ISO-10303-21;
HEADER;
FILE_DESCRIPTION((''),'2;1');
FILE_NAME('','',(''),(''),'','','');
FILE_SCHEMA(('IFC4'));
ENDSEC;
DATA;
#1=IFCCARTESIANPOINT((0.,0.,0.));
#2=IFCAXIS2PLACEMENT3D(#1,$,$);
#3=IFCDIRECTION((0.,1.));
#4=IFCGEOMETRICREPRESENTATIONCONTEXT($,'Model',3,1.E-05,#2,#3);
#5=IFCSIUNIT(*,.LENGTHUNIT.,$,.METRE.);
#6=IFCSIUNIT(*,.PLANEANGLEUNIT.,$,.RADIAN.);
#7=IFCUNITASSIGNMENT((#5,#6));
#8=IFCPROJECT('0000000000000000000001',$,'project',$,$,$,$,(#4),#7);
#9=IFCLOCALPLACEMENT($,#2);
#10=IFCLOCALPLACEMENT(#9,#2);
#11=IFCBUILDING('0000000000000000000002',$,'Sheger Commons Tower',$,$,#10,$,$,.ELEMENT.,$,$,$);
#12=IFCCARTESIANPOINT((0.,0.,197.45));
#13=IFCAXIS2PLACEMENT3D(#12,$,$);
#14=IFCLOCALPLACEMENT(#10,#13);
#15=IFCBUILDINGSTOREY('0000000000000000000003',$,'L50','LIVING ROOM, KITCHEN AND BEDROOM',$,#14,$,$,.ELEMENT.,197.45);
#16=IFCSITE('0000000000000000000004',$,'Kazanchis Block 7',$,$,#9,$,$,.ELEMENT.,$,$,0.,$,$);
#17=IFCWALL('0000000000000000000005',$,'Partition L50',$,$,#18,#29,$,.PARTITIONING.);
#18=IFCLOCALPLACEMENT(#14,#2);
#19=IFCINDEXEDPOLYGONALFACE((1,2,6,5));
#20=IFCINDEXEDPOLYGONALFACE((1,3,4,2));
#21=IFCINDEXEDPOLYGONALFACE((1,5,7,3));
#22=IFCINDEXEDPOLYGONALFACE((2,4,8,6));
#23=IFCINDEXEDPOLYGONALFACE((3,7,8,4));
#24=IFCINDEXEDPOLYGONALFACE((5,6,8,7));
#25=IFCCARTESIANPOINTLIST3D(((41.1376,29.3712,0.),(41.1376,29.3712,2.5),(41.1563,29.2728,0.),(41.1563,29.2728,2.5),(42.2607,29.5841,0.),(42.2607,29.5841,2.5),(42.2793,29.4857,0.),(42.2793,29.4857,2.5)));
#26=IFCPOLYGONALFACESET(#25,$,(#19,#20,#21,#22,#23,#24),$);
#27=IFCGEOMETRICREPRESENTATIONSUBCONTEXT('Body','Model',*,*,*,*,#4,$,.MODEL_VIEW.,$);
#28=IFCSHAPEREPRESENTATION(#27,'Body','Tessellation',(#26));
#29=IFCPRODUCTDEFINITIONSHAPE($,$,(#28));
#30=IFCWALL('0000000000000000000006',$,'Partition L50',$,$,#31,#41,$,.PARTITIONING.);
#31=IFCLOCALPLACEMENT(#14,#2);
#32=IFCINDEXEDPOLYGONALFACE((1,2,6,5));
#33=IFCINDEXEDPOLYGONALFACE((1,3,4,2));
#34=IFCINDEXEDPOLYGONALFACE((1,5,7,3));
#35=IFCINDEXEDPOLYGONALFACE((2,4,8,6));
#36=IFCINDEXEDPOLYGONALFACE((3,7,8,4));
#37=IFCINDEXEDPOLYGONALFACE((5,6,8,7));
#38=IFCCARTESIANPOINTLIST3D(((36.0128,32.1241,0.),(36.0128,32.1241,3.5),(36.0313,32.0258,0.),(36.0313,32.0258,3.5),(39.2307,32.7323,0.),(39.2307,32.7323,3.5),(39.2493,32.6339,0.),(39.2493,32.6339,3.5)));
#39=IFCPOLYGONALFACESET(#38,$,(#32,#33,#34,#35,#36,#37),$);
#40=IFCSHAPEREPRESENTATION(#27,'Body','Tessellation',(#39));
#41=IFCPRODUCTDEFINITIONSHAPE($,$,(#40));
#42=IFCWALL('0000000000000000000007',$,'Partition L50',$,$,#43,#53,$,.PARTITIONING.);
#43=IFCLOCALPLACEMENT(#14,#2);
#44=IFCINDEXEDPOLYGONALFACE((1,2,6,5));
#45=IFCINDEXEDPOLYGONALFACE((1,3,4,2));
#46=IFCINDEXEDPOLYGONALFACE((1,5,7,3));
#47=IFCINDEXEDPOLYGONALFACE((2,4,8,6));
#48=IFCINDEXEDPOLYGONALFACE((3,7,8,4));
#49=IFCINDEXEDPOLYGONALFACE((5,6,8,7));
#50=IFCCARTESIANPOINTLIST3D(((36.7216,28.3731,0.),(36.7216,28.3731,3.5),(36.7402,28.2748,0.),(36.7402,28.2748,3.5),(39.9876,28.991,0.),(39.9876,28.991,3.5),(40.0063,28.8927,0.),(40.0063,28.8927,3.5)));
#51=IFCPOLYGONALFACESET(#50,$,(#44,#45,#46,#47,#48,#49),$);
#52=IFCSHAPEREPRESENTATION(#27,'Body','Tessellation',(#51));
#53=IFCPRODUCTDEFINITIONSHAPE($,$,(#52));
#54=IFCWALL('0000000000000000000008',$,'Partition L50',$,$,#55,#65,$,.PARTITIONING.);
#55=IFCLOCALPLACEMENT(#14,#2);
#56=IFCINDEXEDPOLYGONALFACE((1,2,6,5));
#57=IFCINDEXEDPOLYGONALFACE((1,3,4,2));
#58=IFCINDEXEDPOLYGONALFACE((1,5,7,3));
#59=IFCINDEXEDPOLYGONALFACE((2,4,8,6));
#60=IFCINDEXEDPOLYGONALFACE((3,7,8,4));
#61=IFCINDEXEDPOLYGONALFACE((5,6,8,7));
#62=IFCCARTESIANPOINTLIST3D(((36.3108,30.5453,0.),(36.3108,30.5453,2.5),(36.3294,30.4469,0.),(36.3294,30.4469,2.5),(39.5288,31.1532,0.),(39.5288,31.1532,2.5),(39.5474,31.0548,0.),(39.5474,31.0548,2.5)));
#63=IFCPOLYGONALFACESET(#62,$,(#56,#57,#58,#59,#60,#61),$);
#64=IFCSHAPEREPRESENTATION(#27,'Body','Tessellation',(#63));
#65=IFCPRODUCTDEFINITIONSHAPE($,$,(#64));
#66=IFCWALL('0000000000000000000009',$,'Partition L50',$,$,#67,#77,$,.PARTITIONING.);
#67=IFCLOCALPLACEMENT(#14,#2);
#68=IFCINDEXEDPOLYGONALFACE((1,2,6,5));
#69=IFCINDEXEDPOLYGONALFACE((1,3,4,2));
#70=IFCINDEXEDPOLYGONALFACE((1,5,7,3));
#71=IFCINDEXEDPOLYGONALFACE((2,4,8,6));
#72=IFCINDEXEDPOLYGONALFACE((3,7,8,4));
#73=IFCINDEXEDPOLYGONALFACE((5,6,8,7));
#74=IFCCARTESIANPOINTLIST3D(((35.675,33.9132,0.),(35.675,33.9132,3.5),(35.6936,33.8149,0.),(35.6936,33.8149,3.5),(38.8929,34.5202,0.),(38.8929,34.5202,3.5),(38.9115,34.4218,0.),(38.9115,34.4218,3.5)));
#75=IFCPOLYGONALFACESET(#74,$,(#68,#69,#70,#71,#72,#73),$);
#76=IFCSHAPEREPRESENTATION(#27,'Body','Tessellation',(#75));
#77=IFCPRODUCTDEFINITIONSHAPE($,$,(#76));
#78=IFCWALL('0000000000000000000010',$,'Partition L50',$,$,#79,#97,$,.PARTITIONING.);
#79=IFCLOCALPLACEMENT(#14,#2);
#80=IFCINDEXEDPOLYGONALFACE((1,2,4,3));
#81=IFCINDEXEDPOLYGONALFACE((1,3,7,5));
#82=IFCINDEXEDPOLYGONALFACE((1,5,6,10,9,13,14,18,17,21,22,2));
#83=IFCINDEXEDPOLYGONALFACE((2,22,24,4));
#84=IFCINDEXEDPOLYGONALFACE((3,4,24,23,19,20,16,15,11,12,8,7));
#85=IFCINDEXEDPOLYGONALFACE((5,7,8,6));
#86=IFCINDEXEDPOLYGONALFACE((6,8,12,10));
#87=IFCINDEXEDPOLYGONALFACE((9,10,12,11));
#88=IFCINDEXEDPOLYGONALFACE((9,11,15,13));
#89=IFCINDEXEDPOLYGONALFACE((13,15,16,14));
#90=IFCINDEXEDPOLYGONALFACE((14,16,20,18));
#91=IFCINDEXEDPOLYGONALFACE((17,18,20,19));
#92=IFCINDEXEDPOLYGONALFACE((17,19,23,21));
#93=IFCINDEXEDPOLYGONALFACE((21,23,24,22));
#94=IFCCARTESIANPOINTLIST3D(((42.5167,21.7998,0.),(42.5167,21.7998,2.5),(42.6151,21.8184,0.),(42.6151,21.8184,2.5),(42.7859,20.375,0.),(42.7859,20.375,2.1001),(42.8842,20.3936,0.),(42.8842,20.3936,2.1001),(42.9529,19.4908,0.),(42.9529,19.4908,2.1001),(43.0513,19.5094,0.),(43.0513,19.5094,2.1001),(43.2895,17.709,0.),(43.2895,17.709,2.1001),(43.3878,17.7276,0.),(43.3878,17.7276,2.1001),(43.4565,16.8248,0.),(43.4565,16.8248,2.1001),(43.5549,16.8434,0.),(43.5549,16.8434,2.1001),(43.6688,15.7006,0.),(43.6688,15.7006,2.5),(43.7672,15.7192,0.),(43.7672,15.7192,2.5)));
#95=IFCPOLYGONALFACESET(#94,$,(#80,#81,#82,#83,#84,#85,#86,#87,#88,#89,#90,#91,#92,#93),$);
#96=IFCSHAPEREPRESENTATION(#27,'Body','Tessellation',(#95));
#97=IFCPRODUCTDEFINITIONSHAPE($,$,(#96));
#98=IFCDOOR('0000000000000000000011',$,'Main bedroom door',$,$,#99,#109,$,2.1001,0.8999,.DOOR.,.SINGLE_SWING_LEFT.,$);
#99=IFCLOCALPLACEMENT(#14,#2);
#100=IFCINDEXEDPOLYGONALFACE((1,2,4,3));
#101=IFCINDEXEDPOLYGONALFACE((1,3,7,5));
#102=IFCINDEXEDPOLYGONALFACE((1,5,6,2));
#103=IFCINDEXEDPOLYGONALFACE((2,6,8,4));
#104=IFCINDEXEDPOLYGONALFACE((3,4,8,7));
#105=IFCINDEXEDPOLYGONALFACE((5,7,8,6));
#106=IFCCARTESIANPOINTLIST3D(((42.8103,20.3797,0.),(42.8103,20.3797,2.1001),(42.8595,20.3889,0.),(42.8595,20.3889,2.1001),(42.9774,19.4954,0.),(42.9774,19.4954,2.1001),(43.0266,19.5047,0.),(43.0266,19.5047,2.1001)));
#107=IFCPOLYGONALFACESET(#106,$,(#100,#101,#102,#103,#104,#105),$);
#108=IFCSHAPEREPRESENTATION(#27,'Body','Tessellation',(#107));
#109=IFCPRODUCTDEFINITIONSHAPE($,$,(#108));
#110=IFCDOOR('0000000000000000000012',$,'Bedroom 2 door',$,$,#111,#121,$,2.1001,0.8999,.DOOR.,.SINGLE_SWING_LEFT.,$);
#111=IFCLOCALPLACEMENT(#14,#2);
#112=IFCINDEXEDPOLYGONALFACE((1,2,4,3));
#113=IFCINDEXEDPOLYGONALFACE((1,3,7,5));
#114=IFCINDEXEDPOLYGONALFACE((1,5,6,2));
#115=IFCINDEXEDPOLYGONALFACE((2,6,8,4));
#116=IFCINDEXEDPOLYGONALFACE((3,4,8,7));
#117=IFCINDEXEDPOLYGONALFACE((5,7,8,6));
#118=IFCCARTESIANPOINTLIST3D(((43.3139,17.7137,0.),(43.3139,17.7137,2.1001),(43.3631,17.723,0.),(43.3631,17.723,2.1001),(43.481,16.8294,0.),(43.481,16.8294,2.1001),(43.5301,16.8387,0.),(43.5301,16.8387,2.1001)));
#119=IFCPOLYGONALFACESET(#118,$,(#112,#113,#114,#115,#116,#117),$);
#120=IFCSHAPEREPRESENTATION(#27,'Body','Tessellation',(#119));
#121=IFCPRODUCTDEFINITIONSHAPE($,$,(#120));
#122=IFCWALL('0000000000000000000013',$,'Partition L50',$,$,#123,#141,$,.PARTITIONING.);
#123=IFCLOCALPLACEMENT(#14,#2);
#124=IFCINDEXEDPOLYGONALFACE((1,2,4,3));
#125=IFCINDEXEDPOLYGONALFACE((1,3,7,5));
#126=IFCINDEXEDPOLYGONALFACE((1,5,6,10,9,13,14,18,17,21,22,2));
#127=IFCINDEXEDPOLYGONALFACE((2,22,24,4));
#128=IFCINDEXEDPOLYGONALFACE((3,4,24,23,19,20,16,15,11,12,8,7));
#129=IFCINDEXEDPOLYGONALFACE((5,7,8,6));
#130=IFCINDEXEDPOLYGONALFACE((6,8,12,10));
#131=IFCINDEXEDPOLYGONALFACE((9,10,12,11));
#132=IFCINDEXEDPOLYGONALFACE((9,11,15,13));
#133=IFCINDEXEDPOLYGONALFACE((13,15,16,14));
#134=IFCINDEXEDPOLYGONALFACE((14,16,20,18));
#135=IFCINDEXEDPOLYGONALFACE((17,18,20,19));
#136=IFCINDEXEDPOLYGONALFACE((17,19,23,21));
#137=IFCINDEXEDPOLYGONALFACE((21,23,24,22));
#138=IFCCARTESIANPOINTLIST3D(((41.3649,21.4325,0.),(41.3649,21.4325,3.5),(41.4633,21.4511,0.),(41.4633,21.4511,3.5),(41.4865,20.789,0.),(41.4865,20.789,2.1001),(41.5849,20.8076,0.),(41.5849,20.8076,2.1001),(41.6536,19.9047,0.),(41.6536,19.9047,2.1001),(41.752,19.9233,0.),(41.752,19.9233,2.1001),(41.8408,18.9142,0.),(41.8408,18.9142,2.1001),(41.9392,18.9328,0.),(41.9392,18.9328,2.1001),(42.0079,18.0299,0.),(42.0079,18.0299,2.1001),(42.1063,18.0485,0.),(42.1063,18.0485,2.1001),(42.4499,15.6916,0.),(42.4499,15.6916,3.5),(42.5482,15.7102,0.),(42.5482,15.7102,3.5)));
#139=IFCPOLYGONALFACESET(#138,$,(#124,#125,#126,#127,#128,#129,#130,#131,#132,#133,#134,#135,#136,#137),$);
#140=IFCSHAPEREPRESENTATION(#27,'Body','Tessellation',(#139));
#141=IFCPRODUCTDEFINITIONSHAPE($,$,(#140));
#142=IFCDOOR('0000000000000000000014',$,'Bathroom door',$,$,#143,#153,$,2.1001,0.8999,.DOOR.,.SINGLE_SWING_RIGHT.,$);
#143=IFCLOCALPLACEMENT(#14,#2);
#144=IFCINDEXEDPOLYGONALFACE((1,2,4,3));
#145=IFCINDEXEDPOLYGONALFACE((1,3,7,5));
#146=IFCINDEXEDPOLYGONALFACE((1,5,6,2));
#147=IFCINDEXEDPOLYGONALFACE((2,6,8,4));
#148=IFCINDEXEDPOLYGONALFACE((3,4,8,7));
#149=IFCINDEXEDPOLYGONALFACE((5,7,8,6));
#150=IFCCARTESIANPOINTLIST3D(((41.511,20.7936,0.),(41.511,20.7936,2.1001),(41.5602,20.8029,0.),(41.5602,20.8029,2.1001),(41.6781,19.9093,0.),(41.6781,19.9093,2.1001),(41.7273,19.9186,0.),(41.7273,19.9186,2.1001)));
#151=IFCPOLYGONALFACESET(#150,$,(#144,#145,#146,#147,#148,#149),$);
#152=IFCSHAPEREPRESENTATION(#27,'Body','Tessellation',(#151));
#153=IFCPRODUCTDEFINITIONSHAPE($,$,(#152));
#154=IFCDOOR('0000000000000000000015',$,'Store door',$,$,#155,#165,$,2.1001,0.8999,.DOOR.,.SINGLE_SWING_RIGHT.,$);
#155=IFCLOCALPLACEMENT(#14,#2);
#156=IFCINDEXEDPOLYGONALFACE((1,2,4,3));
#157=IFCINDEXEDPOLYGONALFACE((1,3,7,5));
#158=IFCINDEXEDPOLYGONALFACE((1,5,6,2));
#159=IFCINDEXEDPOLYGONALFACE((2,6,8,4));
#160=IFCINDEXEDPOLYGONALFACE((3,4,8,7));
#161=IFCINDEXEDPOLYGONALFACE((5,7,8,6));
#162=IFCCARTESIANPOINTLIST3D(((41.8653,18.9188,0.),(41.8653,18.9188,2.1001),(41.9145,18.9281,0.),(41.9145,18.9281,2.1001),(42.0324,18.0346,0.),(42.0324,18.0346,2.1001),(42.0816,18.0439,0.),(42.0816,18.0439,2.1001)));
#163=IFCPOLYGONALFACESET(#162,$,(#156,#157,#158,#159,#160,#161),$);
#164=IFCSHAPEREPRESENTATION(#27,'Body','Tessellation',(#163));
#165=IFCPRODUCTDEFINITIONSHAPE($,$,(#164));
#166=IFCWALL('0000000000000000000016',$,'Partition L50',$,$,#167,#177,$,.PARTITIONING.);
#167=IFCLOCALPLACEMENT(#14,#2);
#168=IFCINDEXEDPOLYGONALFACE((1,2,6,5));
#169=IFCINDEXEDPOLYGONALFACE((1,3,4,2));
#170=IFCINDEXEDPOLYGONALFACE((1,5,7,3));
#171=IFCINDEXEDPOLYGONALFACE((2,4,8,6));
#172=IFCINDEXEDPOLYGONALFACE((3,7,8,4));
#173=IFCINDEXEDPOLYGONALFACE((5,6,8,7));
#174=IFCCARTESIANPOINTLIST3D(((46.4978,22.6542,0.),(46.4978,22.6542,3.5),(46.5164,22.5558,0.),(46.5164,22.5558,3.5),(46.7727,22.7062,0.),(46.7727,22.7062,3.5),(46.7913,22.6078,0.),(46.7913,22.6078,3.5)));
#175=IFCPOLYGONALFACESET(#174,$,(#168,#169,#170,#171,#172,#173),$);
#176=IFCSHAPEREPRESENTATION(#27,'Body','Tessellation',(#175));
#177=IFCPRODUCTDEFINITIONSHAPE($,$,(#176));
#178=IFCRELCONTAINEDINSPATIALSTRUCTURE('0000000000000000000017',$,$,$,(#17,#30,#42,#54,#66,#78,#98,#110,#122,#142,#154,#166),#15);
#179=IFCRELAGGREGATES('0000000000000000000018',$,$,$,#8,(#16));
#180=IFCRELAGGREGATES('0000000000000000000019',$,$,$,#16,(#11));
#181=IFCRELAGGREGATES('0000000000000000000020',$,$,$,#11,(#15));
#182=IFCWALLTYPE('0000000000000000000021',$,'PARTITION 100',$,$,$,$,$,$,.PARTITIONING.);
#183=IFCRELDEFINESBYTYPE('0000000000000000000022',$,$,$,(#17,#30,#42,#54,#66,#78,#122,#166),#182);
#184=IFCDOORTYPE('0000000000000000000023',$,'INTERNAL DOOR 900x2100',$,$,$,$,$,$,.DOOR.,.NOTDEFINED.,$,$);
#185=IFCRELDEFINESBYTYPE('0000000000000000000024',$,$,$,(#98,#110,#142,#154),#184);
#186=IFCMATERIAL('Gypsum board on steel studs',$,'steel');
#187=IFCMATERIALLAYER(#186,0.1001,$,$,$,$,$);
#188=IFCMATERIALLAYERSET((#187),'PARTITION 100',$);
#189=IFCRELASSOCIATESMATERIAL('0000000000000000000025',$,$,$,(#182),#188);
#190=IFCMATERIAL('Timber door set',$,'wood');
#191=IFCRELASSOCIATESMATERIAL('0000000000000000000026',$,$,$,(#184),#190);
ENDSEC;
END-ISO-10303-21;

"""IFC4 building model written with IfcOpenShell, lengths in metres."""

from ifc_helpers import new_model, si_unit, direction, frame, frame_2d, origin, place, context, subcontext, project, spatial, rectangle, extrude, material, layer, layer_set, type_object, element, fill, save


model = new_model("IFC4")

# Units and contexts
model_context = context("Model", 3, precision=1e-05, world=origin(), true_north=direction((0.0, 1.0)))
body_context = subcontext(model_context, "Body", "Model", "MODEL_VIEW")
ifc_project = project(units=[si_unit("LENGTHUNIT", "METRE"), si_unit("PLANEANGLEUNIT", "RADIAN")], contexts=[model_context])

# Site, building, storey
site_placement = place(None, origin())
site = spatial("IfcSite", under=ifc_project, at=site_placement, Name="Kazanchis Block 7", CompositionType="ELEMENT", RefElevation=0.0)
building_placement = place(site_placement, origin())
building = spatial("IfcBuilding", under=site, at=building_placement, Name="Sheger Commons Tower", CompositionType="ELEMENT")
storey_placement = place(building_placement, frame((0.0, 0.0, 197.45)))
storey = spatial("IfcBuildingStorey", under=building, at=storey_placement, Name="L50", Description="LIVING ROOM, KITCHEN AND BEDROOM", CompositionType="ELEMENT", Elevation=197.45)

# Walls
ifc_material_1 = material(Name="Gypsum board on steel studs", Category="steel")
ifc_layer_1 = layer(ifc_material_1, 0.1001)
ifc_layer_set_1 = layer_set([ifc_layer_1], Name="PARTITION 100")
wall_type_1 = type_object("IfcWallType", Name="PARTITION 100", PredefinedType="PARTITIONING", material=ifc_layer_set_1)
wall_1_placement = place(storey_placement, frame((42.27, 29.5349, 0.0), z_axis=(0.0, 0.0, 1.0), x_axis=(-0.982503, -0.186248, 0.0)))
element("IfcWall", 1, at=wall_1_placement, inside=storey, type_object=wall_type_1, Name="Partition L50", PredefinedType="PARTITIONING", context=body_context, shape_type="SweptSolid", body=[
    extrude(rectangle(XDim=1.1431, YDim=0.1001, at=frame_2d((0.5715, 0.0))), origin(), (0.0, 0.0, 1.0), 2.5),
])
wall_2_placement = place(storey_placement, frame((39.24, 32.6831, 0.0), z_axis=(0.0, 0.0, 1.0), x_axis=(-0.982607, -0.185697, 0.0)))
element("IfcWall", 2, at=wall_2_placement, inside=storey, type_object=wall_type_1, Name="Partition L50", PredefinedType="PARTITIONING", context=body_context, shape_type="SweptSolid", body=[
    extrude(rectangle(XDim=3.2749, YDim=0.1001, at=frame_2d((1.6375, 0.0))), origin(), (0.0, 0.0, 1.0), 3.5),
])
wall_3_placement = place(storey_placement, frame((39.9971, 28.9419, 0.0), z_axis=(0.0, 0.0, 1.0), x_axis=(-0.98257, -0.185894, 0.0)))
element("IfcWall", 3, at=wall_3_placement, inside=storey, type_object=wall_type_1, Name="Partition L50", PredefinedType="PARTITIONING", context=body_context, shape_type="SweptSolid", body=[
    extrude(rectangle(XDim=3.324, YDim=0.1001, at=frame_2d((1.6621, 0.0))), origin(), (0.0, 0.0, 1.0), 3.5),
])
wall_4_placement = place(storey_placement, frame((39.5381, 31.104, 0.0), z_axis=(0.0, 0.0, 1.0), x_axis=(-0.982621, -0.185625, 0.0)))
element("IfcWall", 4, at=wall_4_placement, inside=storey, type_object=wall_type_1, Name="Partition L50", PredefinedType="PARTITIONING", context=body_context, shape_type="SweptSolid", body=[
    extrude(rectangle(XDim=3.2749, YDim=0.1001, at=frame_2d((1.6375, 0.0))), origin(), (0.0, 0.0, 1.0), 2.5),
])
wall_5_placement = place(storey_placement, frame((38.9021, 34.4709, 0.0), z_axis=(0.0, 0.0, 1.0), x_axis=(-0.982675, -0.185337, 0.0)))
element("IfcWall", 5, at=wall_5_placement, inside=storey, type_object=wall_type_1, Name="Partition L50", PredefinedType="PARTITIONING", context=body_context, shape_type="SweptSolid", body=[
    extrude(rectangle(XDim=3.2747, YDim=0.1001, at=frame_2d((1.6372, 0.0))), origin(), (0.0, 0.0, 1.0), 3.5),
])

# Walls, openings, doors
wall_6_placement = place(storey_placement, frame((42.5659, 21.8091, 0.0), z_axis=(0.0, 0.0, 1.0), x_axis=(0.185614, -0.982623, 0.0)))
wall_6 = element("IfcWall", 6, at=wall_6_placement, inside=storey, type_object=wall_type_1, Name="Partition L50", PredefinedType="PARTITIONING", context=body_context, shape_type="SweptSolid", body=[
    extrude(rectangle(XDim=6.207, YDim=0.1001, at=frame_2d((3.1035, 0.0))), origin(), (0.0, 0.0, 1.0), 2.5),
])
opening_1_placement = place(wall_6_placement, frame((1.45, 0.0, 0.0)))
opening_1 = element("IfcOpeningElement", 7, at=opening_1_placement, cuts=wall_6, PredefinedType="OPENING", context=body_context, shape_type="SweptSolid", body=[
    extrude(rectangle(XDim=0.8999, YDim=2.1001, at=frame_2d((0.45, 1.05))), frame((0.0, 0.0601, 0.0), z_axis=(0.0, -1.0, 0.0), x_axis=(1.0, 0.0, 0.0)), (0.0, 0.0, 1.0), 0.1201),
])
opening_2_placement = place(wall_6_placement, frame((4.1631, 0.0, 0.0)))
opening_2 = element("IfcOpeningElement", 8, at=opening_2_placement, cuts=wall_6, PredefinedType="OPENING", context=body_context, shape_type="SweptSolid", body=[
    extrude(rectangle(XDim=0.8999, YDim=2.1001, at=frame_2d((0.45, 1.05))), frame((0.0, 0.0601, 0.0), z_axis=(0.0, -1.0, 0.0), x_axis=(1.0, 0.0, 0.0)), (0.0, 0.0, 1.0), 0.1201),
])
ifc_material_2 = material(Name="Timber door set", Category="wood")
door_type = type_object("IfcDoorType", Name="INTERNAL DOOR 900x2100", OperationType="NOTDEFINED", PredefinedType="DOOR", material=ifc_material_2)
door_1_placement = place(opening_1_placement, origin())
door_1 = element("IfcDoor", 9, at=door_1_placement, inside=storey, type_object=door_type, Name="Main bedroom door", OperationType="SINGLE_SWING_LEFT", OverallHeight=2.1001, OverallWidth=0.8999, PredefinedType="DOOR", context=body_context, shape_type="SweptSolid", body=[
    extrude(rectangle(XDim=0.8999, YDim=2.1001, at=frame_2d((0.45, 1.05))), frame((0.0, 0.0249, 0.0), z_axis=(0.0, -1.0, 0.0), x_axis=(1.0, 0.0, 0.0)), (0.0, 0.0, 1.0), 0.05),
])
fill(opening_1, door_1)
door_2_placement = place(opening_2_placement, origin())
door_2 = element("IfcDoor", 10, at=door_2_placement, inside=storey, type_object=door_type, Name="Bedroom 2 door", OperationType="SINGLE_SWING_LEFT", OverallHeight=2.1001, OverallWidth=0.8999, PredefinedType="DOOR", context=body_context, shape_type="SweptSolid", body=[
    extrude(rectangle(XDim=0.8999, YDim=2.1001, at=frame_2d((0.45, 1.05))), frame((0.0, 0.0249, 0.0), z_axis=(0.0, -1.0, 0.0), x_axis=(1.0, 0.0, 0.0)), (0.0, 0.0, 1.0), 0.05),
])
fill(opening_2, door_2)
wall_7_placement = place(storey_placement, frame((41.4141, 21.4419, 0.0), z_axis=(0.0, 0.0, 1.0), x_axis=(0.185699, -0.982607, 0.0)))
wall_7 = element("IfcWall", 11, at=wall_7_placement, inside=storey, type_object=wall_type_1, Name="Partition L50", PredefinedType="PARTITIONING", context=body_context, shape_type="SweptSolid", body=[
    extrude(rectangle(XDim=5.8425, YDim=0.1001, at=frame_2d((2.9214, 0.0))), origin(), (0.0, 0.0, 1.0), 3.5),
])
opening_3_placement = place(wall_7_placement, frame((0.655, 0.0, 0.0)))
opening_3 = element("IfcOpeningElement", 12, at=opening_3_placement, cuts=wall_7, PredefinedType="OPENING", context=body_context, shape_type="SweptSolid", body=[
    extrude(rectangle(XDim=0.8999, YDim=2.1001, at=frame_2d((0.45, 1.05))), frame((0.0, 0.0601, 0.0), z_axis=(0.0, -1.0, 0.0), x_axis=(1.0, 0.0, 0.0)), (0.0, 0.0, 1.0), 0.1201),
])
opening_4_placement = place(wall_7_placement, frame((2.563, 0.0, 0.0)))
opening_4 = element("IfcOpeningElement", 13, at=opening_4_placement, cuts=wall_7, PredefinedType="OPENING", context=body_context, shape_type="SweptSolid", body=[
    extrude(rectangle(XDim=0.8999, YDim=2.1001, at=frame_2d((0.45, 1.05))), frame((0.0, 0.0601, 0.0), z_axis=(0.0, -1.0, 0.0), x_axis=(1.0, 0.0, 0.0)), (0.0, 0.0, 1.0), 0.1201),
])
door_3_placement = place(opening_3_placement, origin())
door_3 = element("IfcDoor", 14, at=door_3_placement, inside=storey, type_object=door_type, Name="Bathroom door", OperationType="SINGLE_SWING_RIGHT", OverallHeight=2.1001, OverallWidth=0.8999, PredefinedType="DOOR", context=body_context, shape_type="SweptSolid", body=[
    extrude(rectangle(XDim=0.8999, YDim=2.1001, at=frame_2d((0.45, 1.05))), frame((0.0, 0.0249, 0.0), z_axis=(0.0, -1.0, 0.0), x_axis=(1.0, 0.0, 0.0)), (0.0, 0.0, 1.0), 0.05),
])
fill(opening_3, door_3)
door_4_placement = place(opening_4_placement, origin())
door_4 = element("IfcDoor", 15, at=door_4_placement, inside=storey, type_object=door_type, Name="Store door", OperationType="SINGLE_SWING_RIGHT", OverallHeight=2.1001, OverallWidth=0.8999, PredefinedType="DOOR", context=body_context, shape_type="SweptSolid", body=[
    extrude(rectangle(XDim=0.8999, YDim=2.1001, at=frame_2d((0.45, 1.05))), frame((0.0, 0.0249, 0.0), z_axis=(0.0, -1.0, 0.0), x_axis=(1.0, 0.0, 0.0)), (0.0, 0.0, 1.0), 0.05),
])
fill(opening_4, door_4)

# Wall
wall_8_placement = place(storey_placement, frame((46.782, 22.657, 0.0), z_axis=(0.0, 0.0, 1.0), x_axis=(-0.982575, -0.185869, 0.0)))
element("IfcWall", 16, at=wall_8_placement, inside=storey, type_object=wall_type_1, Name="Partition L50", PredefinedType="PARTITIONING", context=body_context, shape_type="SweptSolid", body=[
    extrude(rectangle(XDim=0.2798, YDim=0.1001, at=frame_2d((0.1399, 0.0))), origin(), (0.0, 0.0, 1.0), 3.5),
])

save(model, "model.ifc")
